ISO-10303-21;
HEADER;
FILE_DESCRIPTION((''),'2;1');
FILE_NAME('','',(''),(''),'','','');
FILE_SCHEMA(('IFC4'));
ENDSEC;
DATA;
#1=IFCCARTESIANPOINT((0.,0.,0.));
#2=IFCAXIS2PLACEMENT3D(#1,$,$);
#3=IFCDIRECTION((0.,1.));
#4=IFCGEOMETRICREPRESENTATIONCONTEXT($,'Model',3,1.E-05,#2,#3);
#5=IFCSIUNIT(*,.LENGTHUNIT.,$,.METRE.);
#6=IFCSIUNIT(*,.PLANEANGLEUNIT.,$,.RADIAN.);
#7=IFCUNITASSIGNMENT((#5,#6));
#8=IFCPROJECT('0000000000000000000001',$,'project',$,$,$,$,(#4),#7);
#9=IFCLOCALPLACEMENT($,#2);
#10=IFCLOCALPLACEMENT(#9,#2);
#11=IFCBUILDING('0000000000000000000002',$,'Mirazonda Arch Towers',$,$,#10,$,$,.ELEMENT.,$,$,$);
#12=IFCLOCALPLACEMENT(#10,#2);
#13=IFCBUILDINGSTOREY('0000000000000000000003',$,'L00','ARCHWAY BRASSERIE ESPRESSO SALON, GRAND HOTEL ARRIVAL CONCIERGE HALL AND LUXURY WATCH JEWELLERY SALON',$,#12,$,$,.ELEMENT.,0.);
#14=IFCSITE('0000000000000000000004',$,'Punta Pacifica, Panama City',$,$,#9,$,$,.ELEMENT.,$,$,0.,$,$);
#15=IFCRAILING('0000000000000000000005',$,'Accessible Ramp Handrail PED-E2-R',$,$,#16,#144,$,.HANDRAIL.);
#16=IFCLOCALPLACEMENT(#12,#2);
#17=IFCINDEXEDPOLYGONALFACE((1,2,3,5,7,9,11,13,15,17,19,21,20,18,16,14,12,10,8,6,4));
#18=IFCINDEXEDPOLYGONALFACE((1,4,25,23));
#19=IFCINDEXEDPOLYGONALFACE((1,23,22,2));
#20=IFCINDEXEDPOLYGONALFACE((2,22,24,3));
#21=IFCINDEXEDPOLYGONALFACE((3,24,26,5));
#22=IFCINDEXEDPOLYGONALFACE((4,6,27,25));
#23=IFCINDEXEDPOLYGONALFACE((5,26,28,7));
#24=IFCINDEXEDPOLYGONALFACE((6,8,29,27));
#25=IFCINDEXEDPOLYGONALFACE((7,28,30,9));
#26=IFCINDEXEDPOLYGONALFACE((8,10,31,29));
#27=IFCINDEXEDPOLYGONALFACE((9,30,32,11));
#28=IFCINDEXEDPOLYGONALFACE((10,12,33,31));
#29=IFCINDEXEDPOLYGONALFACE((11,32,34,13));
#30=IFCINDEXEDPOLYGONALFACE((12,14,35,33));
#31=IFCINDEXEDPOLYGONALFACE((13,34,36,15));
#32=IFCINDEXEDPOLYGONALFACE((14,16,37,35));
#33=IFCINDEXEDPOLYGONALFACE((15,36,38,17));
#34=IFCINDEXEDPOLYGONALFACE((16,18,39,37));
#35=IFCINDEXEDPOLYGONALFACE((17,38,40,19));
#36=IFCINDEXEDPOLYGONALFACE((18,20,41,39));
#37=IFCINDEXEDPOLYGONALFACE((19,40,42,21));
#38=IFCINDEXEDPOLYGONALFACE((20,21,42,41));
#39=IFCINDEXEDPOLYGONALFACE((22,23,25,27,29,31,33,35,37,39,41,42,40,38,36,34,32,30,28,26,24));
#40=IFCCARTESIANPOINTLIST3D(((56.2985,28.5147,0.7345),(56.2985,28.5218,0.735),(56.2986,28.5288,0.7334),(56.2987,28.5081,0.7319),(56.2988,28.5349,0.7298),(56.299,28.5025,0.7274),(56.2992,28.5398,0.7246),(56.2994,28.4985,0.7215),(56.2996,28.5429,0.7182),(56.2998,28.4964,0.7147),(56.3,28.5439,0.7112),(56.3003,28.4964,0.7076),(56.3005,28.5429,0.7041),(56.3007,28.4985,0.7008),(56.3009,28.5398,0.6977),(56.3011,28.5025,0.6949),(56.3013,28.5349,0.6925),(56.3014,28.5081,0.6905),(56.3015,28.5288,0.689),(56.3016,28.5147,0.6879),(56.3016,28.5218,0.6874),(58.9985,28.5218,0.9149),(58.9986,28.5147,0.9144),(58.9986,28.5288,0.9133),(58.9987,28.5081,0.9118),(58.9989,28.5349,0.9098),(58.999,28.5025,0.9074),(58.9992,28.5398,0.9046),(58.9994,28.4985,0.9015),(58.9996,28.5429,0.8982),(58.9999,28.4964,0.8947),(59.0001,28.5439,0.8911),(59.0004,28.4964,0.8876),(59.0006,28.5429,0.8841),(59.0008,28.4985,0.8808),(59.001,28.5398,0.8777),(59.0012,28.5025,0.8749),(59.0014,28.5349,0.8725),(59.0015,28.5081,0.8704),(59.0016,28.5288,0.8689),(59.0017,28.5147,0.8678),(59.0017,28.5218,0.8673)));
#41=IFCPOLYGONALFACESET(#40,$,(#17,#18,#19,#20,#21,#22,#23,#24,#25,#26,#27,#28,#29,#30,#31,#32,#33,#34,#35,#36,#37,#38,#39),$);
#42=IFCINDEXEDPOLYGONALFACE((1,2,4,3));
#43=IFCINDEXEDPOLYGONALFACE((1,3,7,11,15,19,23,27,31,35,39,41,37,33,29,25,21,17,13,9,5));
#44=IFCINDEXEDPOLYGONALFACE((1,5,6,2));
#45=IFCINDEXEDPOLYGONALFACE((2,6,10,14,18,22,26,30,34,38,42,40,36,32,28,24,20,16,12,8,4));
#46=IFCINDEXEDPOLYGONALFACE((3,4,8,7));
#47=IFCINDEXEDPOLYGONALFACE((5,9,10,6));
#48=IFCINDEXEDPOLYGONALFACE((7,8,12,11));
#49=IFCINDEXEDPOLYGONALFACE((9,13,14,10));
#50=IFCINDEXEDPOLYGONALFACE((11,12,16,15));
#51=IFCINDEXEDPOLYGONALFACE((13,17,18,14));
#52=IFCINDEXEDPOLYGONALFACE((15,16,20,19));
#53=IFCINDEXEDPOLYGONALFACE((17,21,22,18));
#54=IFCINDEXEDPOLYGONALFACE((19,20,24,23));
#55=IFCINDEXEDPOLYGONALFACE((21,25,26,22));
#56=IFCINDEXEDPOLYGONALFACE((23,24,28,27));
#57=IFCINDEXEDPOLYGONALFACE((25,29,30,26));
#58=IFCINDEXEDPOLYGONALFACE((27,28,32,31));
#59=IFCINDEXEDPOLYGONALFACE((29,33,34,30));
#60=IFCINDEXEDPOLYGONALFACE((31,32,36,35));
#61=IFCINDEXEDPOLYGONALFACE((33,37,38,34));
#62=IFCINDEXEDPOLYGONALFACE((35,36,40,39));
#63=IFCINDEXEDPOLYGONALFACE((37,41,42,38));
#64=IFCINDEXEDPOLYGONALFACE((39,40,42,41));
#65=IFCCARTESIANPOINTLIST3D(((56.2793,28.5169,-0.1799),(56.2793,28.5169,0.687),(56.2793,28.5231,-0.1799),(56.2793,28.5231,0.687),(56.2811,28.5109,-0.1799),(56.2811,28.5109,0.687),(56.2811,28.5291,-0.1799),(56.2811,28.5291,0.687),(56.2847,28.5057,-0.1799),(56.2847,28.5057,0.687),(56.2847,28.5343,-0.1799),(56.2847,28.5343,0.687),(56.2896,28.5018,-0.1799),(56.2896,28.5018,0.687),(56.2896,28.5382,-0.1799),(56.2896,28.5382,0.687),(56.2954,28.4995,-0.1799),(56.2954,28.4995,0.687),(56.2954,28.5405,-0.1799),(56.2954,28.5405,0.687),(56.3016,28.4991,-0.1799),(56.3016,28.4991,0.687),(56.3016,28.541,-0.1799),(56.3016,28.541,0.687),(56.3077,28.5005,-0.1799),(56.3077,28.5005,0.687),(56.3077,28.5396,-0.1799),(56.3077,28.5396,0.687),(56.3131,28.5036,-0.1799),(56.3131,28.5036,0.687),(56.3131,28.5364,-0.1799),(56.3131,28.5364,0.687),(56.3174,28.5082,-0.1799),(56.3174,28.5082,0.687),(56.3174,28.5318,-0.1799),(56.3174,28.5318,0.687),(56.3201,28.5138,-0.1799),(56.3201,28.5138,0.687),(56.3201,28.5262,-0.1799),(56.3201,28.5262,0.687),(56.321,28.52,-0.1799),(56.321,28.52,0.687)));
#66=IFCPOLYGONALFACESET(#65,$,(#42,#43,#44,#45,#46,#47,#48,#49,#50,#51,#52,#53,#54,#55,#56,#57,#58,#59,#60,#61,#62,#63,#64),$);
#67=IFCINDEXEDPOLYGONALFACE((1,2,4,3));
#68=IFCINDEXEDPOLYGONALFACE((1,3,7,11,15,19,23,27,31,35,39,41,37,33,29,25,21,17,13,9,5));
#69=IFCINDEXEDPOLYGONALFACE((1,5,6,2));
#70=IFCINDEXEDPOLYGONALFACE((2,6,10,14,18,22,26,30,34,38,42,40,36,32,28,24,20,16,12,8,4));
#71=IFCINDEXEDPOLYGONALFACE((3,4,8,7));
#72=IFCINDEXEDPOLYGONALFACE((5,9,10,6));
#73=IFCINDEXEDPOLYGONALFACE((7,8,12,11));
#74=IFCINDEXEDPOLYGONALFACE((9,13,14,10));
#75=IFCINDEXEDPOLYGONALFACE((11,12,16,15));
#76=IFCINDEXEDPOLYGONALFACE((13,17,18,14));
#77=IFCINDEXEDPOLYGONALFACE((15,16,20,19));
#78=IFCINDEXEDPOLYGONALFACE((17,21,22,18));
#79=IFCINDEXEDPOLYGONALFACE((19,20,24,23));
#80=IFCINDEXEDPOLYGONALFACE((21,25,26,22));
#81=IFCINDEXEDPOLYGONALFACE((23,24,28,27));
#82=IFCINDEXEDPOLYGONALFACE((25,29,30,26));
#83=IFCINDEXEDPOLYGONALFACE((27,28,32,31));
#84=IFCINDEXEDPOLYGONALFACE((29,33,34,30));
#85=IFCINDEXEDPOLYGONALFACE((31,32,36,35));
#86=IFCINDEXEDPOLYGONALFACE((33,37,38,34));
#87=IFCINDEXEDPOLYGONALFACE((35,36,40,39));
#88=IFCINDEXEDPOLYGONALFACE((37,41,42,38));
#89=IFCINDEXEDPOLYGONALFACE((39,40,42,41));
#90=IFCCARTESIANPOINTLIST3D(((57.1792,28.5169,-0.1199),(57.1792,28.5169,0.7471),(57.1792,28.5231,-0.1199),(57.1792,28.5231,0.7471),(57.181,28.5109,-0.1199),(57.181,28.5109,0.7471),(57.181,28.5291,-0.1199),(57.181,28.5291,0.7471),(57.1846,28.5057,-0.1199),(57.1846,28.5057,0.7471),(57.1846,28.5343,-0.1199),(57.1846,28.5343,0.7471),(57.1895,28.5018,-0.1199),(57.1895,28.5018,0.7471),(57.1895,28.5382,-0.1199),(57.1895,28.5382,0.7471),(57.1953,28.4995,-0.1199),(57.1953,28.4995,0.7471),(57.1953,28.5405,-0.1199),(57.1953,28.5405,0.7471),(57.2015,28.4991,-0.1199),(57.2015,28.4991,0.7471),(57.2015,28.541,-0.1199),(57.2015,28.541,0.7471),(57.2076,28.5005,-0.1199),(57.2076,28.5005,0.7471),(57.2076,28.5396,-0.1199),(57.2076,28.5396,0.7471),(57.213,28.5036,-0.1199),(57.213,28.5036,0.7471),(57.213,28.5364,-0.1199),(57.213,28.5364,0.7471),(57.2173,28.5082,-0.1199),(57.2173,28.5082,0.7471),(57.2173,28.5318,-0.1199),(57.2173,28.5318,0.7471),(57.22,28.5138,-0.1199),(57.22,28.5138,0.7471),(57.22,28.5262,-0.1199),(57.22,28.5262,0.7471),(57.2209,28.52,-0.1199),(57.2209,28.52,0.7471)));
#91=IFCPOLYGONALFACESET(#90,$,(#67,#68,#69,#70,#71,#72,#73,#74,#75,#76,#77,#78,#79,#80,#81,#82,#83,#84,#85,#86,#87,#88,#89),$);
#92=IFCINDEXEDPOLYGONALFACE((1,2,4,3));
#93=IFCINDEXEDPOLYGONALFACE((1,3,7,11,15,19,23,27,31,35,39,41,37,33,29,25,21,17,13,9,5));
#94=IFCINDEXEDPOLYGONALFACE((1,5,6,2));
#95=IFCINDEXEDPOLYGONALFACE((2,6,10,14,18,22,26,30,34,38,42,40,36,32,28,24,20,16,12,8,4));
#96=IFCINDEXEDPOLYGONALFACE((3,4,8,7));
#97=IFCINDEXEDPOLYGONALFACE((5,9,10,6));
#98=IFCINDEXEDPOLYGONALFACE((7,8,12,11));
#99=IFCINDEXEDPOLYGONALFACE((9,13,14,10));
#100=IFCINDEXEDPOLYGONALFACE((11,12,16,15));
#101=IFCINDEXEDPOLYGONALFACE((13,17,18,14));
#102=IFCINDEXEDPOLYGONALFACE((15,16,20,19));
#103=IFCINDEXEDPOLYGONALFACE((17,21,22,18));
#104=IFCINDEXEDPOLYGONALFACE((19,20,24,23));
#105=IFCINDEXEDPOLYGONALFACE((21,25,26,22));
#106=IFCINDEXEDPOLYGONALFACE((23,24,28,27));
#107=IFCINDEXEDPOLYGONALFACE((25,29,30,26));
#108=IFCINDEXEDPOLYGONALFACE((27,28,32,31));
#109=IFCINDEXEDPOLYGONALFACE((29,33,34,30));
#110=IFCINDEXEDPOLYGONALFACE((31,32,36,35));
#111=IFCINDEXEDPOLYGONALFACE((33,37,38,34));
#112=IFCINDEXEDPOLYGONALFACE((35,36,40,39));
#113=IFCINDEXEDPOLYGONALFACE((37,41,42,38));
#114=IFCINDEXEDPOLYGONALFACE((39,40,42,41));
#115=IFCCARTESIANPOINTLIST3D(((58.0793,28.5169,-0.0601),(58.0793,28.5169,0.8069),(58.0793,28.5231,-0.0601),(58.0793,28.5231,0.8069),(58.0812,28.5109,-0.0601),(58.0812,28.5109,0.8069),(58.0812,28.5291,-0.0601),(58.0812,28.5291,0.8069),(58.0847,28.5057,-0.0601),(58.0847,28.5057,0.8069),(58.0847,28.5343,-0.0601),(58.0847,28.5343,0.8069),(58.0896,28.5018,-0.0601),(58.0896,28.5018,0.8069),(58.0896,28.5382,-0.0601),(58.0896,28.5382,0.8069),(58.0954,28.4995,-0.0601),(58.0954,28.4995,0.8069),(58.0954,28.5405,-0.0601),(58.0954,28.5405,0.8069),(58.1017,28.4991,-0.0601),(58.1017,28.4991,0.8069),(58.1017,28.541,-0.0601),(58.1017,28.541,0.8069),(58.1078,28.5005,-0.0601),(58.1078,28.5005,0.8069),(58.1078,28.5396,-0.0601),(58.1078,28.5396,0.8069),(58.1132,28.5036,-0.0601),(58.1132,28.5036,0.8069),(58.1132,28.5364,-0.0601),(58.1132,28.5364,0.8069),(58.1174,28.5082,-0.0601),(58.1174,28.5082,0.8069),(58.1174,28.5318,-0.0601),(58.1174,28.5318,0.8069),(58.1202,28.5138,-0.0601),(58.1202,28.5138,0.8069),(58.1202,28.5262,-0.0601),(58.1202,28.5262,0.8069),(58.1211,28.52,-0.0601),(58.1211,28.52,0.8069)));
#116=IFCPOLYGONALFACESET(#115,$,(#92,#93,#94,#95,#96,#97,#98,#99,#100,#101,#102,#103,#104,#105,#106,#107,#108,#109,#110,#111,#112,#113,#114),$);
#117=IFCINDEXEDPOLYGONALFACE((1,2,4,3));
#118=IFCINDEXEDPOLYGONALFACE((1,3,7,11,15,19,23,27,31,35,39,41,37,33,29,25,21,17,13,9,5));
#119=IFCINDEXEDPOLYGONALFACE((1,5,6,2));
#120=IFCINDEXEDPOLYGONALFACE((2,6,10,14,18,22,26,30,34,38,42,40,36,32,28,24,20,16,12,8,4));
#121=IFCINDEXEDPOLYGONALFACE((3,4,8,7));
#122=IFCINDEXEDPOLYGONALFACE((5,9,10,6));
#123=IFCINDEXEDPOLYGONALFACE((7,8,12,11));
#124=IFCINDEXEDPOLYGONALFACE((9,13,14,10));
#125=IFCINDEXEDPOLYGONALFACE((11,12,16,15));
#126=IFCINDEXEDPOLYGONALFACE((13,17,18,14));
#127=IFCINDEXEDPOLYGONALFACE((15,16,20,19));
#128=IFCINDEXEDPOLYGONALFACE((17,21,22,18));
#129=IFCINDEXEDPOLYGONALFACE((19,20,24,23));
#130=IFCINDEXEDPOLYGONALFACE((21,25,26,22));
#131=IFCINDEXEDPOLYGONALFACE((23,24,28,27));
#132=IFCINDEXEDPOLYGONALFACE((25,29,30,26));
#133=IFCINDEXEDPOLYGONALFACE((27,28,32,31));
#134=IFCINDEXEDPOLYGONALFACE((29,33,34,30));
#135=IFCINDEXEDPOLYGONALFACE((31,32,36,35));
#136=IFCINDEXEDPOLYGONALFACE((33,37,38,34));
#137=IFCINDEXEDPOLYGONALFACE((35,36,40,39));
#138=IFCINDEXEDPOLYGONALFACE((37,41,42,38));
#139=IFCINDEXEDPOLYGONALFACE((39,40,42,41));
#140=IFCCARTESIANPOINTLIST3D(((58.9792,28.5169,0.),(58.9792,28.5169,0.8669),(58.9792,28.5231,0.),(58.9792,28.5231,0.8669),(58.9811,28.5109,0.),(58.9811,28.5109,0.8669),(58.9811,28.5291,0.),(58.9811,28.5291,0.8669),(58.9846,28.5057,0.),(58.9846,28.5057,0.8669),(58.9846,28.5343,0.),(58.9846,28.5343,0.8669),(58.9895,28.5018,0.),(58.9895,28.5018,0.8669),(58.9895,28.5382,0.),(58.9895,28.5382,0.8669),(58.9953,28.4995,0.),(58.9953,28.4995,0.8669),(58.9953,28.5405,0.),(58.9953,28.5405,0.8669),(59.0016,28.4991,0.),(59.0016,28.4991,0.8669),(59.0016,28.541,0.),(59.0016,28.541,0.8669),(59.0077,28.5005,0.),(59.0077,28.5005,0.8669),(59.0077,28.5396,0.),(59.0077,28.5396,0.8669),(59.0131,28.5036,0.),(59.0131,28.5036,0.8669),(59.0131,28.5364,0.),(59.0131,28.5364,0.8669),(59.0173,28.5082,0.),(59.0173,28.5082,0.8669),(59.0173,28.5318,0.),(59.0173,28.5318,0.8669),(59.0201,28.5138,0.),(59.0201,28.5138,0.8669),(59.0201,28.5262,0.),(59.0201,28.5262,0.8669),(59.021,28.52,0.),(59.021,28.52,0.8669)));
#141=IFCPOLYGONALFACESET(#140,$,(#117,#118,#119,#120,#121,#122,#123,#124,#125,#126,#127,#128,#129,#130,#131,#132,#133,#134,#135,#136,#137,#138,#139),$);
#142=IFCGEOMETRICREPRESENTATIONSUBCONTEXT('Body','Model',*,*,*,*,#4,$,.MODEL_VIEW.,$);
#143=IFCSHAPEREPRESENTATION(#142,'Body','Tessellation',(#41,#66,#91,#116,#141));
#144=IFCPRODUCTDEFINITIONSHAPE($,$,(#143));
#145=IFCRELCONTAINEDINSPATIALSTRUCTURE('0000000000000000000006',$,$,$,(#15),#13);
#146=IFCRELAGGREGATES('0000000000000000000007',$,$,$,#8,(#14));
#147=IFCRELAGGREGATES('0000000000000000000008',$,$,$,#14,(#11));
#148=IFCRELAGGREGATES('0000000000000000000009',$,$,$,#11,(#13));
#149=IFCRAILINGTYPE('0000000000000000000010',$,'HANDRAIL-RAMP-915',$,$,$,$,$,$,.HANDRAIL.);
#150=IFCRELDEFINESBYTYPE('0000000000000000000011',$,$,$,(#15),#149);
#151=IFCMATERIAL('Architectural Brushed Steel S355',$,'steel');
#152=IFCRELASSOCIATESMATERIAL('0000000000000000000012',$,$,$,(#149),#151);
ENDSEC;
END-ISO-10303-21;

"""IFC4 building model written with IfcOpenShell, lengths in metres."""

from ifc_helpers import new_model, si_unit, direction, frame, origin, origin_2d, place, context, subcontext, project, spatial, circle, extrude, material, type_object, element, save


model = new_model("IFC4")

# Units and contexts
model_context = context("Model", 3, precision=1e-05, world=origin(), true_north=direction((0.0, 1.0)))
body_context = subcontext(model_context, "Body", "Model", "MODEL_VIEW")
ifc_project = project(units=[si_unit("LENGTHUNIT", "METRE"), si_unit("PLANEANGLEUNIT", "RADIAN")], contexts=[model_context])

# Site, building, storey
site_placement = place(None, origin())
site = spatial("IfcSite", under=ifc_project, at=site_placement, Name="Punta Pacifica, Panama City", CompositionType="ELEMENT", RefElevation=0.0)
building_placement = place(site_placement, origin())
building = spatial("IfcBuilding", under=site, at=building_placement, Name="Mirazonda Arch Towers", CompositionType="ELEMENT")
storey_placement = place(building_placement, origin())
storey = spatial("IfcBuildingStorey", under=building, at=storey_placement, Name="L00", Description="ARCHWAY BRASSERIE ESPRESSO SALON, GRAND HOTEL ARRIVAL CONCIERGE HALL AND LUXURY WATCH JEWELLERY SALON", CompositionType="ELEMENT", Elevation=0.0)

# Railing
ifc_material_1 = material(Name="Architectural Brushed Steel S355", Category="steel")
railing_type_1 = type_object("IfcRailingType", Name="HANDRAIL-RAMP-915", PredefinedType="HANDRAIL", material=ifc_material_1)
for number, where, name in (
    (1, (56.3, 28.52, -0.1799), "Accessible Ramp Handrail PED-E2-R"),
):
    element("IfcRailing", number, at=place(storey_placement, frame(where)), inside=storey, type_object=railing_type_1, Name=name, PredefinedType="HANDRAIL", context=body_context, shape_type="SweptSolid", body=[
        extrude(circle(Radius=0.0239, at=origin_2d()), frame((0.0, 0.0, 0.8911), z_axis=(0.997787, 0.0, 0.066495), x_axis=(0.0, 1.0, 0.0)), (0.0, 0.0, 1.0), 2.7061),
        extrude(circle(Radius=0.021, at=origin_2d()), origin(), (0.0, 0.0, 1.0), 0.8669),
        extrude(circle(Radius=0.021, at=origin_2d()), frame((0.8999, 0.0, 0.0601)), (0.0, 0.0, 1.0), 0.8669),
        extrude(circle(Radius=0.021, at=origin_2d()), frame((1.8, 0.0, 0.1199)), (0.0, 0.0, 1.0), 0.8669),
        extrude(circle(Radius=0.021, at=origin_2d()), frame((2.7, 0.0, 0.1799)), (0.0, 0.0, 1.0), 0.8669),
    ])

save(model, "model.ifc")
